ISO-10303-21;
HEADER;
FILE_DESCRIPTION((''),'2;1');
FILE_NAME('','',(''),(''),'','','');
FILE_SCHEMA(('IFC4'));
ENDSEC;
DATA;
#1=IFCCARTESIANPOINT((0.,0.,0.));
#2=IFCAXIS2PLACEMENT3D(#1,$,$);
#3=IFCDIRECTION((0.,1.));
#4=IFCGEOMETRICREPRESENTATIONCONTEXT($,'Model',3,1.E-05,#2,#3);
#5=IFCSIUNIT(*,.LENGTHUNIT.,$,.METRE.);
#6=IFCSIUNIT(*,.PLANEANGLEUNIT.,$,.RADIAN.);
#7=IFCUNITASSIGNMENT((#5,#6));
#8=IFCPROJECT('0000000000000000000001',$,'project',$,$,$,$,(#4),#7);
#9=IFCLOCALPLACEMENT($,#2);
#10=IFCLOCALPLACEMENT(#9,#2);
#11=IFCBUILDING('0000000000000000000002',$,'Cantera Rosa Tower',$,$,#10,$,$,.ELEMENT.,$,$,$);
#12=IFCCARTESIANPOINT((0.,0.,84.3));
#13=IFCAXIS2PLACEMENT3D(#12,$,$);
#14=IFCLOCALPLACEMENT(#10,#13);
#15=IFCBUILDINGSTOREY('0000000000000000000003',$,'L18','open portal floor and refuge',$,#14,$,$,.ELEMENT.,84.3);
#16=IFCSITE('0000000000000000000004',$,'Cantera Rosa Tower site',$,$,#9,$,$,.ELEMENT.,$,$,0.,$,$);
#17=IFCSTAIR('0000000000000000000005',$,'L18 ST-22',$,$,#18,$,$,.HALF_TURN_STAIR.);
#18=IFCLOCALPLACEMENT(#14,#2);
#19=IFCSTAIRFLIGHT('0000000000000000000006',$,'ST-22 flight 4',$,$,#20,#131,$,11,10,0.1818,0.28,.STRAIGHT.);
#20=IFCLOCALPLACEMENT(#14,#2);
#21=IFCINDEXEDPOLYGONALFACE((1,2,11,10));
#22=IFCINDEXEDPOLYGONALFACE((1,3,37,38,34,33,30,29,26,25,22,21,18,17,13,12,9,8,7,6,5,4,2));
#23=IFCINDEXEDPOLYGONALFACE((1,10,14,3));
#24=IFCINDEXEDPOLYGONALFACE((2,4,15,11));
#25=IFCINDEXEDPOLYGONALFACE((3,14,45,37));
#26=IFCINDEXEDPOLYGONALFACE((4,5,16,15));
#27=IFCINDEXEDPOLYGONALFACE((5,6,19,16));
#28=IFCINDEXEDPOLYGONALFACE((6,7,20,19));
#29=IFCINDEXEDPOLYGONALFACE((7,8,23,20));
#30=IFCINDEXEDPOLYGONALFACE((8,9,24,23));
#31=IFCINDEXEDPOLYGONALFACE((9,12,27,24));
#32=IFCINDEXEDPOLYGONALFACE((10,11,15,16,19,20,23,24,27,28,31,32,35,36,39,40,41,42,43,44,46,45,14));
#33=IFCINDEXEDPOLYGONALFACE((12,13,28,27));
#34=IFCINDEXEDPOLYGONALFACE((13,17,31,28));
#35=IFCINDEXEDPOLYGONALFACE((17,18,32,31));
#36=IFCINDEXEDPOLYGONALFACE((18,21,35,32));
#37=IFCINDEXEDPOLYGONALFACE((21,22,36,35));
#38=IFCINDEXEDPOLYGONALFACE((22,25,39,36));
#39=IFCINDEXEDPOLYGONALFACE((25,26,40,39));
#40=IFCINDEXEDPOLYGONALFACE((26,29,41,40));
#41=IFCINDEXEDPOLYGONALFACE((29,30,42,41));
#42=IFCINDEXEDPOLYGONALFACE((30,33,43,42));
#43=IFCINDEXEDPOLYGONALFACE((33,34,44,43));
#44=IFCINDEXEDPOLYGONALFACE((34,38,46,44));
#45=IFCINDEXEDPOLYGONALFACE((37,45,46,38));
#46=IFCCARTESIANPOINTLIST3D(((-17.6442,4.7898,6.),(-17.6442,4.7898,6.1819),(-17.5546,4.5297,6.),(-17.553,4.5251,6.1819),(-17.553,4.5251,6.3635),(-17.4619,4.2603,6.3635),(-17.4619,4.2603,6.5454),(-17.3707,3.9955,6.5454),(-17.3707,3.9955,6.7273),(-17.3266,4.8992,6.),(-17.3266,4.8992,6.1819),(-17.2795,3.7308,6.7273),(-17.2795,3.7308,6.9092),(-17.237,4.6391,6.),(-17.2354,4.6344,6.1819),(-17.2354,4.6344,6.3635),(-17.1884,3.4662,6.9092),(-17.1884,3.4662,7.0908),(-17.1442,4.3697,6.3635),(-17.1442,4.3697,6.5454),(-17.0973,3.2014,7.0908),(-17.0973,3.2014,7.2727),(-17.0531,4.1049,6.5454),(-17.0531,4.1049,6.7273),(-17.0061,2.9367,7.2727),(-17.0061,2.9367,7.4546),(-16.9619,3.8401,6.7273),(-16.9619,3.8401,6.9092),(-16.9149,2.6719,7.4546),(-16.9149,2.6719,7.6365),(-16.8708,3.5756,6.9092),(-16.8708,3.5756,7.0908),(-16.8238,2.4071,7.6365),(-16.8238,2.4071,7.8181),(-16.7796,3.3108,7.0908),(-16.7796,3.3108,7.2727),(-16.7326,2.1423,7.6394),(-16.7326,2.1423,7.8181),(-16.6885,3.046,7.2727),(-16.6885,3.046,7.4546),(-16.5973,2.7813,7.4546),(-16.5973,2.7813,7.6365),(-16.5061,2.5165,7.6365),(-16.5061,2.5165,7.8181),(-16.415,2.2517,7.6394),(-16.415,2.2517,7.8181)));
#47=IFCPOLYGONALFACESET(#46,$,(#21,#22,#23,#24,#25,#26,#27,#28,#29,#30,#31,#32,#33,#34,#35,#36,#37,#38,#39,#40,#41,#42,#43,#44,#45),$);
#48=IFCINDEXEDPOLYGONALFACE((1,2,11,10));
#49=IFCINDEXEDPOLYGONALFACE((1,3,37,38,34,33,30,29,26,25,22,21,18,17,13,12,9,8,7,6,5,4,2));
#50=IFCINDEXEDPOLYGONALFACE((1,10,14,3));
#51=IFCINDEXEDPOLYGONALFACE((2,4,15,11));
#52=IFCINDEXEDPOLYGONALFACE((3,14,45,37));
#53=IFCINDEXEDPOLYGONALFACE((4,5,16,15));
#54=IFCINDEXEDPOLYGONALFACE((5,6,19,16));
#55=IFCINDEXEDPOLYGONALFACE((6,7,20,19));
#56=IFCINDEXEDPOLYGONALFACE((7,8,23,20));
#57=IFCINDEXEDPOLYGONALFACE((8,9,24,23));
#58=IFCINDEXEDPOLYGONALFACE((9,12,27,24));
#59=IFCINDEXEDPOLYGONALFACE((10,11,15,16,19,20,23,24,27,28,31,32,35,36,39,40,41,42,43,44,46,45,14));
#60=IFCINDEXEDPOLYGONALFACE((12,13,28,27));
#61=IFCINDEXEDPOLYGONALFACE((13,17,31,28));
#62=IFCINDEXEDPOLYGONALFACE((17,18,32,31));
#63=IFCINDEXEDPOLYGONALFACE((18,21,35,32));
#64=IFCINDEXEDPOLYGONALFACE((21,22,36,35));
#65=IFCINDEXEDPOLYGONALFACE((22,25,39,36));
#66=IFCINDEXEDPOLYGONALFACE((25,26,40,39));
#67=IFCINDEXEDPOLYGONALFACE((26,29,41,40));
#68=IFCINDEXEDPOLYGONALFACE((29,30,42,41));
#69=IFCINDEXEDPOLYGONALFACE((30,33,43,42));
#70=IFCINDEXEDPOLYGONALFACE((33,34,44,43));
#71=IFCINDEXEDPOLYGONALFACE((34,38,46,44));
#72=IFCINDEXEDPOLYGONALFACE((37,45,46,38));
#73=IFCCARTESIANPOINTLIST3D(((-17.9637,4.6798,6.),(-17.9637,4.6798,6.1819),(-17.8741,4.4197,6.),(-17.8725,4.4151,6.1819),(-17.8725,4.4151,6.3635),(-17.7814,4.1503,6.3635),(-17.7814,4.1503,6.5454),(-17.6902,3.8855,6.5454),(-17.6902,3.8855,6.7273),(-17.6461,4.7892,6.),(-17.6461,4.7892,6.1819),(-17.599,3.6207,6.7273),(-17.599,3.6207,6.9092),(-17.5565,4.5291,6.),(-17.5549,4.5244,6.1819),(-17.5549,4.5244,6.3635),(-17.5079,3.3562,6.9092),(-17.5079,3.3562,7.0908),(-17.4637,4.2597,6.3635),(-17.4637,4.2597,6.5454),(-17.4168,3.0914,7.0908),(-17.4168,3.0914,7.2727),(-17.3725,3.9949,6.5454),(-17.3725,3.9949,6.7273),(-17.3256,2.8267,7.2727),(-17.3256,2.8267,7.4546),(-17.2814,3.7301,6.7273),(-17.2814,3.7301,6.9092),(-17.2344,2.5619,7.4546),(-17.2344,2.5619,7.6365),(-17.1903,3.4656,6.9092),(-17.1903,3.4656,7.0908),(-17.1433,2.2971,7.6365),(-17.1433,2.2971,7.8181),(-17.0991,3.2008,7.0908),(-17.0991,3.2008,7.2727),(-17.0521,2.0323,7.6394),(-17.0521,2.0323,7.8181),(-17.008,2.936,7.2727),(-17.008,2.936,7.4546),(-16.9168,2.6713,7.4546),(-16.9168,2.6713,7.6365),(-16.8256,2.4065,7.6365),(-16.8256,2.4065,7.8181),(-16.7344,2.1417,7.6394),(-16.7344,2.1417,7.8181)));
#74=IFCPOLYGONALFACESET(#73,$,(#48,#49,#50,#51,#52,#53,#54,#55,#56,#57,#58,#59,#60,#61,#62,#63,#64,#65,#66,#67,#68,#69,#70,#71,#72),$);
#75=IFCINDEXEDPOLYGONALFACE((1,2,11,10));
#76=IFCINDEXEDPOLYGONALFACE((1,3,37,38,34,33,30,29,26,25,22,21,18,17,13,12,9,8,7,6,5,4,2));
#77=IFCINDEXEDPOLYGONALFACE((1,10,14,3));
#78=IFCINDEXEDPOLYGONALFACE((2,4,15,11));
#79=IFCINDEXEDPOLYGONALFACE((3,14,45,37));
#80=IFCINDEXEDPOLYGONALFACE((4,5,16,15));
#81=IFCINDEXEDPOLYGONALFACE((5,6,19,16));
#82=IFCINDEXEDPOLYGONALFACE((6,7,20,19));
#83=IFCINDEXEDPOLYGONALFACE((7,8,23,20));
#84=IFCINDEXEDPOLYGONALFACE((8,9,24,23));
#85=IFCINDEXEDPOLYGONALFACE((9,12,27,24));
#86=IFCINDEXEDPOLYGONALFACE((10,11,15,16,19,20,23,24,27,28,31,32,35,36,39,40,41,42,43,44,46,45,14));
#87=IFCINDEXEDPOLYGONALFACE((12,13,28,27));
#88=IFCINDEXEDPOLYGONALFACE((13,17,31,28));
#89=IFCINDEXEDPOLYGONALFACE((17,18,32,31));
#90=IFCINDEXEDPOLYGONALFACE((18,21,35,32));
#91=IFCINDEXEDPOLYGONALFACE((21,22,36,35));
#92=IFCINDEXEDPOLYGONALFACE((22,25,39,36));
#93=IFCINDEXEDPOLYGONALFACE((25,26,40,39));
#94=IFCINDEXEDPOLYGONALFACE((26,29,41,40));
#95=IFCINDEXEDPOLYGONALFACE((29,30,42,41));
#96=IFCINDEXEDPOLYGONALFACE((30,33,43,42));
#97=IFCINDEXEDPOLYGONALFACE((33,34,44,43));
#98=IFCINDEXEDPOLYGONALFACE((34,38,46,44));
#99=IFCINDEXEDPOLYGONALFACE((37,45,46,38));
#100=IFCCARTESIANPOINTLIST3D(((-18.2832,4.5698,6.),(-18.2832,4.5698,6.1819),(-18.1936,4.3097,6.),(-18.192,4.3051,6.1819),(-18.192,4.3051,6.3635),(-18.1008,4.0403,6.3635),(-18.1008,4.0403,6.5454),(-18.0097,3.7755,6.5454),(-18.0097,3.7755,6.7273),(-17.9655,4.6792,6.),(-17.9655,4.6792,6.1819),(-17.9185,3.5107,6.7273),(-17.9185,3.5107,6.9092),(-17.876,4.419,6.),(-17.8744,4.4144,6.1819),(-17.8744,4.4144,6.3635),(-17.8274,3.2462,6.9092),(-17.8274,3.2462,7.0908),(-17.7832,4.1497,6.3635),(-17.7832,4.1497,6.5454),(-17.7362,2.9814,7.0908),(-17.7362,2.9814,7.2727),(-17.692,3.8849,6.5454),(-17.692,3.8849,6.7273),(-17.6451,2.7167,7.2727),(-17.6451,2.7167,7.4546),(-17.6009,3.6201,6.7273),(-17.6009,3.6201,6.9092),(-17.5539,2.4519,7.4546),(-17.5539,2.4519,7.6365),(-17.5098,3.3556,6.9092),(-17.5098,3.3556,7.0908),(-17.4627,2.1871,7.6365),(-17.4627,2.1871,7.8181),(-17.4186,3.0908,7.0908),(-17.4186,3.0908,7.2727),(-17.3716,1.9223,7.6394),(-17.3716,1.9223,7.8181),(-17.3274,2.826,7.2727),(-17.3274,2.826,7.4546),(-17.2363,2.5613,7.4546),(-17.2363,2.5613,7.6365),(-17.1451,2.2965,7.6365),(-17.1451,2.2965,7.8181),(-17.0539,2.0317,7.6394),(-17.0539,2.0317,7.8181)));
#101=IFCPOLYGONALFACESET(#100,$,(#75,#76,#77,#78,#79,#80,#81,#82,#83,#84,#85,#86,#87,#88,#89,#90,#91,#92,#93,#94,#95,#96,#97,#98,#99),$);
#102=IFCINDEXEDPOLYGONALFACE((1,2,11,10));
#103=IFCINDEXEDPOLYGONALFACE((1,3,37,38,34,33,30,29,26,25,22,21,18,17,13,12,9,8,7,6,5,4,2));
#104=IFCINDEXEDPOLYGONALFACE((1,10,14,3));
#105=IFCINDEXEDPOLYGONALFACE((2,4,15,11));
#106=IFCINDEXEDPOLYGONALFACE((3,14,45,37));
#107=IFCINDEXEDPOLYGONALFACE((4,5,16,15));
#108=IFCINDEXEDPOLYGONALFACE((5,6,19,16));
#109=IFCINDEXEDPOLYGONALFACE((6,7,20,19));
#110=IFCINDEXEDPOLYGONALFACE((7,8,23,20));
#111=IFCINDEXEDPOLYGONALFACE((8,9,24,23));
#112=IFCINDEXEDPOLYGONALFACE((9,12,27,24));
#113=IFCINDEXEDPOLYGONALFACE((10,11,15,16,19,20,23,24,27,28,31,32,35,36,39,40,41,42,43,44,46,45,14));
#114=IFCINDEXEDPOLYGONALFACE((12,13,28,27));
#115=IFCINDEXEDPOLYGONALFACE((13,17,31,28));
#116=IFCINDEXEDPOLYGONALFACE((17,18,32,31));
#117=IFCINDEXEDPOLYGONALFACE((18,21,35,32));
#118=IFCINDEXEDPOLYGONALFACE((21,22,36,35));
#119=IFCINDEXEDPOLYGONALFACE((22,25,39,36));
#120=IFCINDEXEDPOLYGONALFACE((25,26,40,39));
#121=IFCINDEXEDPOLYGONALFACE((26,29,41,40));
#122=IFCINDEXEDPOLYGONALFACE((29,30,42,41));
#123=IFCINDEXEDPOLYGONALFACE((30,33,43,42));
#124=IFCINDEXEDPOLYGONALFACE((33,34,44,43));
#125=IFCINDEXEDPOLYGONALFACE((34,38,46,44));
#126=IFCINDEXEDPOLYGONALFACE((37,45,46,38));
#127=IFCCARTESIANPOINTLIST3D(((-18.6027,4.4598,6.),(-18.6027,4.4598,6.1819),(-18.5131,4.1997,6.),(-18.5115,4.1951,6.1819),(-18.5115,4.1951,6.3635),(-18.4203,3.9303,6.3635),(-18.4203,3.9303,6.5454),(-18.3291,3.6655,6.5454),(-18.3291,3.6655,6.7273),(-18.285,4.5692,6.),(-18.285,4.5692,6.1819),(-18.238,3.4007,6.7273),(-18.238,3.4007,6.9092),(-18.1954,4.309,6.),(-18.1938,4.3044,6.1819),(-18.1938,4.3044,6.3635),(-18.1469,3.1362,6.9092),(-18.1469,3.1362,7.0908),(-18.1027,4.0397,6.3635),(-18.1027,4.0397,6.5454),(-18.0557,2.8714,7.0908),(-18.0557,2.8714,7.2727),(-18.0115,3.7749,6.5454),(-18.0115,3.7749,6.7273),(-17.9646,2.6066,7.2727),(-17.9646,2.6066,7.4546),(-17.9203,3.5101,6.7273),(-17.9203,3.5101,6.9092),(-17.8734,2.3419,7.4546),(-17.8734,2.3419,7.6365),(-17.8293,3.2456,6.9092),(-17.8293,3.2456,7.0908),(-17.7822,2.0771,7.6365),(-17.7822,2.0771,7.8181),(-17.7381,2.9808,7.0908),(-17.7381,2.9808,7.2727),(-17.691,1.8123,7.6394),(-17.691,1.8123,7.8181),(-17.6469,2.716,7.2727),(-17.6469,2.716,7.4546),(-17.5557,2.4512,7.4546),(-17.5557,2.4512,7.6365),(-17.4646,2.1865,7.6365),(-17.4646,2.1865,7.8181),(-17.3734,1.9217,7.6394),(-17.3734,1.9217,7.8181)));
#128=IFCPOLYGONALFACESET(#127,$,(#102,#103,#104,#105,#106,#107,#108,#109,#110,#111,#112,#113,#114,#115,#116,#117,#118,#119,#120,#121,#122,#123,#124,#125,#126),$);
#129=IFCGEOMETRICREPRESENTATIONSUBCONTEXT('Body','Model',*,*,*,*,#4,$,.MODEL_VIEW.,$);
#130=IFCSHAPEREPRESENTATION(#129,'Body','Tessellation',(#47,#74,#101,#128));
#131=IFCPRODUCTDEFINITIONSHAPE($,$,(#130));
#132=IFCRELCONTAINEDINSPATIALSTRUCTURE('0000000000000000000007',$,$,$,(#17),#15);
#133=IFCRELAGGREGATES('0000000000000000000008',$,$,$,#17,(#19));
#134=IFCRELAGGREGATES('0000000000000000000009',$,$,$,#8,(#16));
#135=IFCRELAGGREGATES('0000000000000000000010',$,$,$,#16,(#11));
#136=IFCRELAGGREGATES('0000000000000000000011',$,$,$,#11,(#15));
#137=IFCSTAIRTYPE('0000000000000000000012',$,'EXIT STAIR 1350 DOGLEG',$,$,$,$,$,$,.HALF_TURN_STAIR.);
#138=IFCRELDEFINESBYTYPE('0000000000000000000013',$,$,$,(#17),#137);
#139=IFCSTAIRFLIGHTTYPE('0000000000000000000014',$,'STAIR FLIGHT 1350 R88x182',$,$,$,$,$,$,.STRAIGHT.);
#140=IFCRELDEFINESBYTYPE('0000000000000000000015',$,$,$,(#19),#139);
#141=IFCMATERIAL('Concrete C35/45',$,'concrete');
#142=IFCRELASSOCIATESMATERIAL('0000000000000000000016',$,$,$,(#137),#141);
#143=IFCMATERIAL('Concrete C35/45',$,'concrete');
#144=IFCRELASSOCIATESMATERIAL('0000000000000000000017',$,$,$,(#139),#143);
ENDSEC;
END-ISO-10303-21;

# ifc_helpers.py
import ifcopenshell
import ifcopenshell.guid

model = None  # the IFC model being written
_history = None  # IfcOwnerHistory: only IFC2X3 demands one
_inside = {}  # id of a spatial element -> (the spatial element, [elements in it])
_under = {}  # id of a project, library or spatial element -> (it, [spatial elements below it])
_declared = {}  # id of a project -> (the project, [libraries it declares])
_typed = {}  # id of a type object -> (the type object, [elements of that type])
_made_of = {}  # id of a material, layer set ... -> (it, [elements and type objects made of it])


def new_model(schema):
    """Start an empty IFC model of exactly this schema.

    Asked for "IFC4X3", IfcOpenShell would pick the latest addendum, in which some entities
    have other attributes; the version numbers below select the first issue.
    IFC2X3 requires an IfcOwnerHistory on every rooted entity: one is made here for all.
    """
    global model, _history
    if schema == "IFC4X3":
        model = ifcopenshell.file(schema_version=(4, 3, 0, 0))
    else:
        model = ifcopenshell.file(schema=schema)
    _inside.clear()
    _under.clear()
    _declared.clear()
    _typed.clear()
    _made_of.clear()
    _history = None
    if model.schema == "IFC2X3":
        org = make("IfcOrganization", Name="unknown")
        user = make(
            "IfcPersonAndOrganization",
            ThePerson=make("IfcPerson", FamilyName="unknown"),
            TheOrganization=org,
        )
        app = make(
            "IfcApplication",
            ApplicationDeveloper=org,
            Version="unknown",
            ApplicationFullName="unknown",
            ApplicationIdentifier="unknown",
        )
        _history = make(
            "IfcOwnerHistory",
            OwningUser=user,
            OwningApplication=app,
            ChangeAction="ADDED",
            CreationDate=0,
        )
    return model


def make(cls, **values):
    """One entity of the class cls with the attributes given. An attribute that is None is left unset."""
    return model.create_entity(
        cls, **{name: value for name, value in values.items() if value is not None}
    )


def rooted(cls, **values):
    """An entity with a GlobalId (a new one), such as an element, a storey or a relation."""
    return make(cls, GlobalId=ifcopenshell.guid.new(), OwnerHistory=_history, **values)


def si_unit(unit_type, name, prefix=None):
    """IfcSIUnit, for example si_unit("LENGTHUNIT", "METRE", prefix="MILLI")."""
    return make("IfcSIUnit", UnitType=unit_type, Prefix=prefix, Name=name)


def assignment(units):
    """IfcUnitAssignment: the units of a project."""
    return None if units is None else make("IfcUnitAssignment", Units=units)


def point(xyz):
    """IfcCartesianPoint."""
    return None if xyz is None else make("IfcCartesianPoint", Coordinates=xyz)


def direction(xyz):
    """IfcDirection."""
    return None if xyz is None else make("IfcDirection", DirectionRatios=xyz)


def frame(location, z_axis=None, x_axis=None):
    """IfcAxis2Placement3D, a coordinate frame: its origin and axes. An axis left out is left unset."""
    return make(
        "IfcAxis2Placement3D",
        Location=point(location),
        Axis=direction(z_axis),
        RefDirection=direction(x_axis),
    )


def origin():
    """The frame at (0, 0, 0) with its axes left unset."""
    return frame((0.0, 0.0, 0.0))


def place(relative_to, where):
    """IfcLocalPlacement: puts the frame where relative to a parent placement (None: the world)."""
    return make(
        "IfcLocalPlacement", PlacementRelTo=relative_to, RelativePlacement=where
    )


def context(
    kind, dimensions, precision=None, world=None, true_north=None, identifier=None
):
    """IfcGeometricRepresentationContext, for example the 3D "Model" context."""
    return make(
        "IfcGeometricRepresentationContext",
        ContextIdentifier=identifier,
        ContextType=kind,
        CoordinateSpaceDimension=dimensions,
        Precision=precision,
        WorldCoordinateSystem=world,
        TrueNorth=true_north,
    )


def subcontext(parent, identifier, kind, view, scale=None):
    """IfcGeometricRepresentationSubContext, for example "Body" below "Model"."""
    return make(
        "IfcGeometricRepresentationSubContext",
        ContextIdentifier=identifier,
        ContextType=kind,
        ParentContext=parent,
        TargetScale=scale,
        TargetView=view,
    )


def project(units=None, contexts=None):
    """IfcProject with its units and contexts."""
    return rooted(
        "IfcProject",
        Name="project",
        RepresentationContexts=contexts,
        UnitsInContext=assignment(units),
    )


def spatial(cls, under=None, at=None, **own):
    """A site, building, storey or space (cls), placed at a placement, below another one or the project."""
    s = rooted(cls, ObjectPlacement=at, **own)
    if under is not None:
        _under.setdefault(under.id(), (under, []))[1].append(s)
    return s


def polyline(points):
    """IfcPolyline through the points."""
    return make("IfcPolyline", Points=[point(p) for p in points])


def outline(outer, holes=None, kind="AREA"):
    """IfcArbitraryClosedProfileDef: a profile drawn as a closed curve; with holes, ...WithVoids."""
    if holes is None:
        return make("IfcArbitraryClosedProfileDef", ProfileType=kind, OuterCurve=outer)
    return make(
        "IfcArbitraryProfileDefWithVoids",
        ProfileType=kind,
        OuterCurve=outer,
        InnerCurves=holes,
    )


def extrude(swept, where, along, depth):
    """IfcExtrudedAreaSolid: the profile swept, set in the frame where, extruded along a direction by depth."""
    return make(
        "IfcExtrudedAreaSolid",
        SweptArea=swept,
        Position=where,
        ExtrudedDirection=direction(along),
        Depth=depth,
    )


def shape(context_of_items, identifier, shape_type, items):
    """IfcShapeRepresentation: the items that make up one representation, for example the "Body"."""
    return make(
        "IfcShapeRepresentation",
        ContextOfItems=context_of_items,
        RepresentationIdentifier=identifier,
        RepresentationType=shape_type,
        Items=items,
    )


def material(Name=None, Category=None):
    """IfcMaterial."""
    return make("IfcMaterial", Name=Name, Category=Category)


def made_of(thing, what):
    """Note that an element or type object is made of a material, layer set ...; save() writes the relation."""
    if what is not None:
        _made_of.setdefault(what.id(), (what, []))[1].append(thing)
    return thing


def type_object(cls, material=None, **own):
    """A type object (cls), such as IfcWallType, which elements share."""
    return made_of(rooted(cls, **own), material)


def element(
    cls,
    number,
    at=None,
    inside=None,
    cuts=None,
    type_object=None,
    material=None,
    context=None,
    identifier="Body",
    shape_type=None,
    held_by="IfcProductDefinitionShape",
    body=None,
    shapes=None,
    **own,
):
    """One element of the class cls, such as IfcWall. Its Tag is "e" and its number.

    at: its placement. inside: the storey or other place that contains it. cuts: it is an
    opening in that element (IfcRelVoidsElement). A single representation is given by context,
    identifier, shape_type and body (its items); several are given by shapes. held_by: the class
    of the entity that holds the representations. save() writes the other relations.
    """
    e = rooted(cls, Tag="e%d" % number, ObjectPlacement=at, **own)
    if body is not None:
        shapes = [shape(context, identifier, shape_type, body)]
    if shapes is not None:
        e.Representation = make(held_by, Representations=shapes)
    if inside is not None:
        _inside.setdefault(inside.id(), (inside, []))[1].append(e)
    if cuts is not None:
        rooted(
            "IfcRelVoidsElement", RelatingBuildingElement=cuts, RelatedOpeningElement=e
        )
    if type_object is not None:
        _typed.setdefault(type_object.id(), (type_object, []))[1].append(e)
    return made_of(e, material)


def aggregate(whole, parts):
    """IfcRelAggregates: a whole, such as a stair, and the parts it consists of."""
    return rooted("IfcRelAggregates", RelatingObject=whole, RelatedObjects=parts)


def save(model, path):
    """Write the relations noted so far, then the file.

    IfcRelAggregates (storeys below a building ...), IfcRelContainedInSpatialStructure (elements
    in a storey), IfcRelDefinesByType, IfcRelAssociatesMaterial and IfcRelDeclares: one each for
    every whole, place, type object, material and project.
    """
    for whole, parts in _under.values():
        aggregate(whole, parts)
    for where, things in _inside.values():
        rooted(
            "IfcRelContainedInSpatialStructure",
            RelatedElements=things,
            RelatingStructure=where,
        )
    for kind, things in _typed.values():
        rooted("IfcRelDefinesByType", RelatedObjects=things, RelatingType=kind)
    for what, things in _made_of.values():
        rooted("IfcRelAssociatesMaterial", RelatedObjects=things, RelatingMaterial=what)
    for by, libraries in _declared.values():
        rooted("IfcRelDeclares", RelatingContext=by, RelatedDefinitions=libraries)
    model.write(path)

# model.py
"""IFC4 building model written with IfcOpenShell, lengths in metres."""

from ifc_helpers import new_model, si_unit, direction, frame, origin, place, context, subcontext, project, spatial, polyline, outline, extrude, material, type_object, element, aggregate, save


model = new_model("IFC4")

# Units and contexts
model_context = context("Model", 3, precision=1e-05, world=origin(), true_north=direction((0.0, 1.0)))
body_context = subcontext(model_context, "Body", "Model", "MODEL_VIEW")
ifc_project = project(units=[si_unit("LENGTHUNIT", "METRE"), si_unit("PLANEANGLEUNIT", "RADIAN")], contexts=[model_context])

# Site, building, storey
site_placement = place(None, origin())
site = spatial("IfcSite", under=ifc_project, at=site_placement, Name="Cantera Rosa Tower site", CompositionType="ELEMENT", RefElevation=0.0)
building_placement = place(site_placement, origin())
building = spatial("IfcBuilding", under=site, at=building_placement, Name="Cantera Rosa Tower", CompositionType="ELEMENT")
storey_placement = place(building_placement, frame((0.0, 0.0, 84.3)))
storey = spatial("IfcBuildingStorey", under=building, at=storey_placement, Name="L18", Description="open portal floor and refuge", CompositionType="ELEMENT", Elevation=84.3)

# Stair, stair flight
ifc_material_1 = material(Name="Concrete C35/45", Category="concrete")
stair_type = type_object("IfcStairType", Name="EXIT STAIR 1350 DOGLEG", PredefinedType="HALF_TURN_STAIR", material=ifc_material_1)
stair_placement = place(storey_placement, origin())
stair = element("IfcStair", 1, at=stair_placement, inside=storey, type_object=stair_type, Name="L18 ST-22", PredefinedType="HALF_TURN_STAIR")
ifc_material_2 = material(Name="Concrete C35/45", Category="concrete")
stair_flight_type = type_object("IfcStairFlightType", Name="STAIR FLIGHT 1350 R88x182", PredefinedType="STRAIGHT", material=ifc_material_2)
stair_flight_1_placement = place(storey_placement, frame((-17.9648, 4.6794, 6.0), z_axis=(0.0, 0.0, 1.0), x_axis=(0.325568, -0.945519, 0.0)))
stair_flight_1 = element("IfcStairFlight", 2, at=stair_flight_1_placement, type_object=stair_flight_type, Name="ST-22 flight 4", NumberOfRisers=11, NumberOfTreads=10, PredefinedType="STRAIGHT", RiserHeight=0.1818, TreadLength=0.28, context=body_context, shape_type="SweptSolid", body=[
    extrude(outline(polyline([(0.0, 0.0), (0.0, 0.1819), (0.28, 0.1819), (0.28, 0.3635), (0.5601, 0.3635), (0.5601, 0.5454), (0.8401, 0.5454), (0.8401, 0.7273), (1.1201, 0.7273), (1.1201, 0.9092), (1.3999, 0.9092), (1.3999, 1.0908), (1.6799, 1.0908), (1.6799, 1.2727), (1.96, 1.2727), (1.96, 1.4546), (2.24, 1.4546), (2.24, 1.6365), (2.52, 1.6365), (2.52, 1.8181), (2.8, 1.8181), (2.8, 2.0), (2.8, 1.6394), (0.2751, 0.0), (0.0, 0.0)])), frame((0.0, 0.675, 0.0), z_axis=(0.0, -1.0, 0.0), x_axis=(1.0, 0.0, 0.0)), (0.0, 0.0, 1.0), 0.3359),
    extrude(outline(polyline([(0.0, 0.0), (0.0, 0.1819), (0.28, 0.1819), (0.28, 0.3635), (0.5601, 0.3635), (0.5601, 0.5454), (0.8401, 0.5454), (0.8401, 0.7273), (1.1201, 0.7273), (1.1201, 0.9092), (1.3999, 0.9092), (1.3999, 1.0908), (1.6799, 1.0908), (1.6799, 1.2727), (1.96, 1.2727), (1.96, 1.4546), (2.24, 1.4546), (2.24, 1.6365), (2.52, 1.6365), (2.52, 1.8181), (2.8, 1.8181), (2.8, 2.0), (2.8, 1.6394), (0.2751, 0.0), (0.0, 0.0)])), frame((0.0, 0.3372, 0.0), z_axis=(0.0, -1.0, 0.0), x_axis=(1.0, 0.0, 0.0)), (0.0, 0.0, 1.0), 0.3359),
    extrude(outline(polyline([(0.0, 0.0), (0.0, 0.1819), (0.28, 0.1819), (0.28, 0.3635), (0.5601, 0.3635), (0.5601, 0.5454), (0.8401, 0.5454), (0.8401, 0.7273), (1.1201, 0.7273), (1.1201, 0.9092), (1.3999, 0.9092), (1.3999, 1.0908), (1.6799, 1.0908), (1.6799, 1.2727), (1.96, 1.2727), (1.96, 1.4546), (2.24, 1.4546), (2.24, 1.6365), (2.52, 1.6365), (2.52, 1.8181), (2.8, 1.8181), (2.8, 2.0), (2.8, 1.6394), (0.2751, 0.0), (0.0, 0.0)])), frame((0.0, -0.0007, 0.0), z_axis=(0.0, -1.0, 0.0), x_axis=(1.0, 0.0, 0.0)), (0.0, 0.0, 1.0), 0.3359),
    extrude(outline(polyline([(0.0, 0.0), (0.0, 0.1819), (0.28, 0.1819), (0.28, 0.3635), (0.5601, 0.3635), (0.5601, 0.5454), (0.8401, 0.5454), (0.8401, 0.7273), (1.1201, 0.7273), (1.1201, 0.9092), (1.3999, 0.9092), (1.3999, 1.0908), (1.6799, 1.0908), (1.6799, 1.2727), (1.96, 1.2727), (1.96, 1.4546), (2.24, 1.4546), (2.24, 1.6365), (2.52, 1.6365), (2.52, 1.8181), (2.8, 1.8181), (2.8, 2.0), (2.8, 1.6394), (0.2751, 0.0), (0.0, 0.0)])), frame((0.0, -0.3386, 0.0), z_axis=(0.0, -1.0, 0.0), x_axis=(1.0, 0.0, 0.0)), (0.0, 0.0, 1.0), 0.3359),
])
aggregate(stair, [stair_flight_1])

save(model, "model.ifc")
